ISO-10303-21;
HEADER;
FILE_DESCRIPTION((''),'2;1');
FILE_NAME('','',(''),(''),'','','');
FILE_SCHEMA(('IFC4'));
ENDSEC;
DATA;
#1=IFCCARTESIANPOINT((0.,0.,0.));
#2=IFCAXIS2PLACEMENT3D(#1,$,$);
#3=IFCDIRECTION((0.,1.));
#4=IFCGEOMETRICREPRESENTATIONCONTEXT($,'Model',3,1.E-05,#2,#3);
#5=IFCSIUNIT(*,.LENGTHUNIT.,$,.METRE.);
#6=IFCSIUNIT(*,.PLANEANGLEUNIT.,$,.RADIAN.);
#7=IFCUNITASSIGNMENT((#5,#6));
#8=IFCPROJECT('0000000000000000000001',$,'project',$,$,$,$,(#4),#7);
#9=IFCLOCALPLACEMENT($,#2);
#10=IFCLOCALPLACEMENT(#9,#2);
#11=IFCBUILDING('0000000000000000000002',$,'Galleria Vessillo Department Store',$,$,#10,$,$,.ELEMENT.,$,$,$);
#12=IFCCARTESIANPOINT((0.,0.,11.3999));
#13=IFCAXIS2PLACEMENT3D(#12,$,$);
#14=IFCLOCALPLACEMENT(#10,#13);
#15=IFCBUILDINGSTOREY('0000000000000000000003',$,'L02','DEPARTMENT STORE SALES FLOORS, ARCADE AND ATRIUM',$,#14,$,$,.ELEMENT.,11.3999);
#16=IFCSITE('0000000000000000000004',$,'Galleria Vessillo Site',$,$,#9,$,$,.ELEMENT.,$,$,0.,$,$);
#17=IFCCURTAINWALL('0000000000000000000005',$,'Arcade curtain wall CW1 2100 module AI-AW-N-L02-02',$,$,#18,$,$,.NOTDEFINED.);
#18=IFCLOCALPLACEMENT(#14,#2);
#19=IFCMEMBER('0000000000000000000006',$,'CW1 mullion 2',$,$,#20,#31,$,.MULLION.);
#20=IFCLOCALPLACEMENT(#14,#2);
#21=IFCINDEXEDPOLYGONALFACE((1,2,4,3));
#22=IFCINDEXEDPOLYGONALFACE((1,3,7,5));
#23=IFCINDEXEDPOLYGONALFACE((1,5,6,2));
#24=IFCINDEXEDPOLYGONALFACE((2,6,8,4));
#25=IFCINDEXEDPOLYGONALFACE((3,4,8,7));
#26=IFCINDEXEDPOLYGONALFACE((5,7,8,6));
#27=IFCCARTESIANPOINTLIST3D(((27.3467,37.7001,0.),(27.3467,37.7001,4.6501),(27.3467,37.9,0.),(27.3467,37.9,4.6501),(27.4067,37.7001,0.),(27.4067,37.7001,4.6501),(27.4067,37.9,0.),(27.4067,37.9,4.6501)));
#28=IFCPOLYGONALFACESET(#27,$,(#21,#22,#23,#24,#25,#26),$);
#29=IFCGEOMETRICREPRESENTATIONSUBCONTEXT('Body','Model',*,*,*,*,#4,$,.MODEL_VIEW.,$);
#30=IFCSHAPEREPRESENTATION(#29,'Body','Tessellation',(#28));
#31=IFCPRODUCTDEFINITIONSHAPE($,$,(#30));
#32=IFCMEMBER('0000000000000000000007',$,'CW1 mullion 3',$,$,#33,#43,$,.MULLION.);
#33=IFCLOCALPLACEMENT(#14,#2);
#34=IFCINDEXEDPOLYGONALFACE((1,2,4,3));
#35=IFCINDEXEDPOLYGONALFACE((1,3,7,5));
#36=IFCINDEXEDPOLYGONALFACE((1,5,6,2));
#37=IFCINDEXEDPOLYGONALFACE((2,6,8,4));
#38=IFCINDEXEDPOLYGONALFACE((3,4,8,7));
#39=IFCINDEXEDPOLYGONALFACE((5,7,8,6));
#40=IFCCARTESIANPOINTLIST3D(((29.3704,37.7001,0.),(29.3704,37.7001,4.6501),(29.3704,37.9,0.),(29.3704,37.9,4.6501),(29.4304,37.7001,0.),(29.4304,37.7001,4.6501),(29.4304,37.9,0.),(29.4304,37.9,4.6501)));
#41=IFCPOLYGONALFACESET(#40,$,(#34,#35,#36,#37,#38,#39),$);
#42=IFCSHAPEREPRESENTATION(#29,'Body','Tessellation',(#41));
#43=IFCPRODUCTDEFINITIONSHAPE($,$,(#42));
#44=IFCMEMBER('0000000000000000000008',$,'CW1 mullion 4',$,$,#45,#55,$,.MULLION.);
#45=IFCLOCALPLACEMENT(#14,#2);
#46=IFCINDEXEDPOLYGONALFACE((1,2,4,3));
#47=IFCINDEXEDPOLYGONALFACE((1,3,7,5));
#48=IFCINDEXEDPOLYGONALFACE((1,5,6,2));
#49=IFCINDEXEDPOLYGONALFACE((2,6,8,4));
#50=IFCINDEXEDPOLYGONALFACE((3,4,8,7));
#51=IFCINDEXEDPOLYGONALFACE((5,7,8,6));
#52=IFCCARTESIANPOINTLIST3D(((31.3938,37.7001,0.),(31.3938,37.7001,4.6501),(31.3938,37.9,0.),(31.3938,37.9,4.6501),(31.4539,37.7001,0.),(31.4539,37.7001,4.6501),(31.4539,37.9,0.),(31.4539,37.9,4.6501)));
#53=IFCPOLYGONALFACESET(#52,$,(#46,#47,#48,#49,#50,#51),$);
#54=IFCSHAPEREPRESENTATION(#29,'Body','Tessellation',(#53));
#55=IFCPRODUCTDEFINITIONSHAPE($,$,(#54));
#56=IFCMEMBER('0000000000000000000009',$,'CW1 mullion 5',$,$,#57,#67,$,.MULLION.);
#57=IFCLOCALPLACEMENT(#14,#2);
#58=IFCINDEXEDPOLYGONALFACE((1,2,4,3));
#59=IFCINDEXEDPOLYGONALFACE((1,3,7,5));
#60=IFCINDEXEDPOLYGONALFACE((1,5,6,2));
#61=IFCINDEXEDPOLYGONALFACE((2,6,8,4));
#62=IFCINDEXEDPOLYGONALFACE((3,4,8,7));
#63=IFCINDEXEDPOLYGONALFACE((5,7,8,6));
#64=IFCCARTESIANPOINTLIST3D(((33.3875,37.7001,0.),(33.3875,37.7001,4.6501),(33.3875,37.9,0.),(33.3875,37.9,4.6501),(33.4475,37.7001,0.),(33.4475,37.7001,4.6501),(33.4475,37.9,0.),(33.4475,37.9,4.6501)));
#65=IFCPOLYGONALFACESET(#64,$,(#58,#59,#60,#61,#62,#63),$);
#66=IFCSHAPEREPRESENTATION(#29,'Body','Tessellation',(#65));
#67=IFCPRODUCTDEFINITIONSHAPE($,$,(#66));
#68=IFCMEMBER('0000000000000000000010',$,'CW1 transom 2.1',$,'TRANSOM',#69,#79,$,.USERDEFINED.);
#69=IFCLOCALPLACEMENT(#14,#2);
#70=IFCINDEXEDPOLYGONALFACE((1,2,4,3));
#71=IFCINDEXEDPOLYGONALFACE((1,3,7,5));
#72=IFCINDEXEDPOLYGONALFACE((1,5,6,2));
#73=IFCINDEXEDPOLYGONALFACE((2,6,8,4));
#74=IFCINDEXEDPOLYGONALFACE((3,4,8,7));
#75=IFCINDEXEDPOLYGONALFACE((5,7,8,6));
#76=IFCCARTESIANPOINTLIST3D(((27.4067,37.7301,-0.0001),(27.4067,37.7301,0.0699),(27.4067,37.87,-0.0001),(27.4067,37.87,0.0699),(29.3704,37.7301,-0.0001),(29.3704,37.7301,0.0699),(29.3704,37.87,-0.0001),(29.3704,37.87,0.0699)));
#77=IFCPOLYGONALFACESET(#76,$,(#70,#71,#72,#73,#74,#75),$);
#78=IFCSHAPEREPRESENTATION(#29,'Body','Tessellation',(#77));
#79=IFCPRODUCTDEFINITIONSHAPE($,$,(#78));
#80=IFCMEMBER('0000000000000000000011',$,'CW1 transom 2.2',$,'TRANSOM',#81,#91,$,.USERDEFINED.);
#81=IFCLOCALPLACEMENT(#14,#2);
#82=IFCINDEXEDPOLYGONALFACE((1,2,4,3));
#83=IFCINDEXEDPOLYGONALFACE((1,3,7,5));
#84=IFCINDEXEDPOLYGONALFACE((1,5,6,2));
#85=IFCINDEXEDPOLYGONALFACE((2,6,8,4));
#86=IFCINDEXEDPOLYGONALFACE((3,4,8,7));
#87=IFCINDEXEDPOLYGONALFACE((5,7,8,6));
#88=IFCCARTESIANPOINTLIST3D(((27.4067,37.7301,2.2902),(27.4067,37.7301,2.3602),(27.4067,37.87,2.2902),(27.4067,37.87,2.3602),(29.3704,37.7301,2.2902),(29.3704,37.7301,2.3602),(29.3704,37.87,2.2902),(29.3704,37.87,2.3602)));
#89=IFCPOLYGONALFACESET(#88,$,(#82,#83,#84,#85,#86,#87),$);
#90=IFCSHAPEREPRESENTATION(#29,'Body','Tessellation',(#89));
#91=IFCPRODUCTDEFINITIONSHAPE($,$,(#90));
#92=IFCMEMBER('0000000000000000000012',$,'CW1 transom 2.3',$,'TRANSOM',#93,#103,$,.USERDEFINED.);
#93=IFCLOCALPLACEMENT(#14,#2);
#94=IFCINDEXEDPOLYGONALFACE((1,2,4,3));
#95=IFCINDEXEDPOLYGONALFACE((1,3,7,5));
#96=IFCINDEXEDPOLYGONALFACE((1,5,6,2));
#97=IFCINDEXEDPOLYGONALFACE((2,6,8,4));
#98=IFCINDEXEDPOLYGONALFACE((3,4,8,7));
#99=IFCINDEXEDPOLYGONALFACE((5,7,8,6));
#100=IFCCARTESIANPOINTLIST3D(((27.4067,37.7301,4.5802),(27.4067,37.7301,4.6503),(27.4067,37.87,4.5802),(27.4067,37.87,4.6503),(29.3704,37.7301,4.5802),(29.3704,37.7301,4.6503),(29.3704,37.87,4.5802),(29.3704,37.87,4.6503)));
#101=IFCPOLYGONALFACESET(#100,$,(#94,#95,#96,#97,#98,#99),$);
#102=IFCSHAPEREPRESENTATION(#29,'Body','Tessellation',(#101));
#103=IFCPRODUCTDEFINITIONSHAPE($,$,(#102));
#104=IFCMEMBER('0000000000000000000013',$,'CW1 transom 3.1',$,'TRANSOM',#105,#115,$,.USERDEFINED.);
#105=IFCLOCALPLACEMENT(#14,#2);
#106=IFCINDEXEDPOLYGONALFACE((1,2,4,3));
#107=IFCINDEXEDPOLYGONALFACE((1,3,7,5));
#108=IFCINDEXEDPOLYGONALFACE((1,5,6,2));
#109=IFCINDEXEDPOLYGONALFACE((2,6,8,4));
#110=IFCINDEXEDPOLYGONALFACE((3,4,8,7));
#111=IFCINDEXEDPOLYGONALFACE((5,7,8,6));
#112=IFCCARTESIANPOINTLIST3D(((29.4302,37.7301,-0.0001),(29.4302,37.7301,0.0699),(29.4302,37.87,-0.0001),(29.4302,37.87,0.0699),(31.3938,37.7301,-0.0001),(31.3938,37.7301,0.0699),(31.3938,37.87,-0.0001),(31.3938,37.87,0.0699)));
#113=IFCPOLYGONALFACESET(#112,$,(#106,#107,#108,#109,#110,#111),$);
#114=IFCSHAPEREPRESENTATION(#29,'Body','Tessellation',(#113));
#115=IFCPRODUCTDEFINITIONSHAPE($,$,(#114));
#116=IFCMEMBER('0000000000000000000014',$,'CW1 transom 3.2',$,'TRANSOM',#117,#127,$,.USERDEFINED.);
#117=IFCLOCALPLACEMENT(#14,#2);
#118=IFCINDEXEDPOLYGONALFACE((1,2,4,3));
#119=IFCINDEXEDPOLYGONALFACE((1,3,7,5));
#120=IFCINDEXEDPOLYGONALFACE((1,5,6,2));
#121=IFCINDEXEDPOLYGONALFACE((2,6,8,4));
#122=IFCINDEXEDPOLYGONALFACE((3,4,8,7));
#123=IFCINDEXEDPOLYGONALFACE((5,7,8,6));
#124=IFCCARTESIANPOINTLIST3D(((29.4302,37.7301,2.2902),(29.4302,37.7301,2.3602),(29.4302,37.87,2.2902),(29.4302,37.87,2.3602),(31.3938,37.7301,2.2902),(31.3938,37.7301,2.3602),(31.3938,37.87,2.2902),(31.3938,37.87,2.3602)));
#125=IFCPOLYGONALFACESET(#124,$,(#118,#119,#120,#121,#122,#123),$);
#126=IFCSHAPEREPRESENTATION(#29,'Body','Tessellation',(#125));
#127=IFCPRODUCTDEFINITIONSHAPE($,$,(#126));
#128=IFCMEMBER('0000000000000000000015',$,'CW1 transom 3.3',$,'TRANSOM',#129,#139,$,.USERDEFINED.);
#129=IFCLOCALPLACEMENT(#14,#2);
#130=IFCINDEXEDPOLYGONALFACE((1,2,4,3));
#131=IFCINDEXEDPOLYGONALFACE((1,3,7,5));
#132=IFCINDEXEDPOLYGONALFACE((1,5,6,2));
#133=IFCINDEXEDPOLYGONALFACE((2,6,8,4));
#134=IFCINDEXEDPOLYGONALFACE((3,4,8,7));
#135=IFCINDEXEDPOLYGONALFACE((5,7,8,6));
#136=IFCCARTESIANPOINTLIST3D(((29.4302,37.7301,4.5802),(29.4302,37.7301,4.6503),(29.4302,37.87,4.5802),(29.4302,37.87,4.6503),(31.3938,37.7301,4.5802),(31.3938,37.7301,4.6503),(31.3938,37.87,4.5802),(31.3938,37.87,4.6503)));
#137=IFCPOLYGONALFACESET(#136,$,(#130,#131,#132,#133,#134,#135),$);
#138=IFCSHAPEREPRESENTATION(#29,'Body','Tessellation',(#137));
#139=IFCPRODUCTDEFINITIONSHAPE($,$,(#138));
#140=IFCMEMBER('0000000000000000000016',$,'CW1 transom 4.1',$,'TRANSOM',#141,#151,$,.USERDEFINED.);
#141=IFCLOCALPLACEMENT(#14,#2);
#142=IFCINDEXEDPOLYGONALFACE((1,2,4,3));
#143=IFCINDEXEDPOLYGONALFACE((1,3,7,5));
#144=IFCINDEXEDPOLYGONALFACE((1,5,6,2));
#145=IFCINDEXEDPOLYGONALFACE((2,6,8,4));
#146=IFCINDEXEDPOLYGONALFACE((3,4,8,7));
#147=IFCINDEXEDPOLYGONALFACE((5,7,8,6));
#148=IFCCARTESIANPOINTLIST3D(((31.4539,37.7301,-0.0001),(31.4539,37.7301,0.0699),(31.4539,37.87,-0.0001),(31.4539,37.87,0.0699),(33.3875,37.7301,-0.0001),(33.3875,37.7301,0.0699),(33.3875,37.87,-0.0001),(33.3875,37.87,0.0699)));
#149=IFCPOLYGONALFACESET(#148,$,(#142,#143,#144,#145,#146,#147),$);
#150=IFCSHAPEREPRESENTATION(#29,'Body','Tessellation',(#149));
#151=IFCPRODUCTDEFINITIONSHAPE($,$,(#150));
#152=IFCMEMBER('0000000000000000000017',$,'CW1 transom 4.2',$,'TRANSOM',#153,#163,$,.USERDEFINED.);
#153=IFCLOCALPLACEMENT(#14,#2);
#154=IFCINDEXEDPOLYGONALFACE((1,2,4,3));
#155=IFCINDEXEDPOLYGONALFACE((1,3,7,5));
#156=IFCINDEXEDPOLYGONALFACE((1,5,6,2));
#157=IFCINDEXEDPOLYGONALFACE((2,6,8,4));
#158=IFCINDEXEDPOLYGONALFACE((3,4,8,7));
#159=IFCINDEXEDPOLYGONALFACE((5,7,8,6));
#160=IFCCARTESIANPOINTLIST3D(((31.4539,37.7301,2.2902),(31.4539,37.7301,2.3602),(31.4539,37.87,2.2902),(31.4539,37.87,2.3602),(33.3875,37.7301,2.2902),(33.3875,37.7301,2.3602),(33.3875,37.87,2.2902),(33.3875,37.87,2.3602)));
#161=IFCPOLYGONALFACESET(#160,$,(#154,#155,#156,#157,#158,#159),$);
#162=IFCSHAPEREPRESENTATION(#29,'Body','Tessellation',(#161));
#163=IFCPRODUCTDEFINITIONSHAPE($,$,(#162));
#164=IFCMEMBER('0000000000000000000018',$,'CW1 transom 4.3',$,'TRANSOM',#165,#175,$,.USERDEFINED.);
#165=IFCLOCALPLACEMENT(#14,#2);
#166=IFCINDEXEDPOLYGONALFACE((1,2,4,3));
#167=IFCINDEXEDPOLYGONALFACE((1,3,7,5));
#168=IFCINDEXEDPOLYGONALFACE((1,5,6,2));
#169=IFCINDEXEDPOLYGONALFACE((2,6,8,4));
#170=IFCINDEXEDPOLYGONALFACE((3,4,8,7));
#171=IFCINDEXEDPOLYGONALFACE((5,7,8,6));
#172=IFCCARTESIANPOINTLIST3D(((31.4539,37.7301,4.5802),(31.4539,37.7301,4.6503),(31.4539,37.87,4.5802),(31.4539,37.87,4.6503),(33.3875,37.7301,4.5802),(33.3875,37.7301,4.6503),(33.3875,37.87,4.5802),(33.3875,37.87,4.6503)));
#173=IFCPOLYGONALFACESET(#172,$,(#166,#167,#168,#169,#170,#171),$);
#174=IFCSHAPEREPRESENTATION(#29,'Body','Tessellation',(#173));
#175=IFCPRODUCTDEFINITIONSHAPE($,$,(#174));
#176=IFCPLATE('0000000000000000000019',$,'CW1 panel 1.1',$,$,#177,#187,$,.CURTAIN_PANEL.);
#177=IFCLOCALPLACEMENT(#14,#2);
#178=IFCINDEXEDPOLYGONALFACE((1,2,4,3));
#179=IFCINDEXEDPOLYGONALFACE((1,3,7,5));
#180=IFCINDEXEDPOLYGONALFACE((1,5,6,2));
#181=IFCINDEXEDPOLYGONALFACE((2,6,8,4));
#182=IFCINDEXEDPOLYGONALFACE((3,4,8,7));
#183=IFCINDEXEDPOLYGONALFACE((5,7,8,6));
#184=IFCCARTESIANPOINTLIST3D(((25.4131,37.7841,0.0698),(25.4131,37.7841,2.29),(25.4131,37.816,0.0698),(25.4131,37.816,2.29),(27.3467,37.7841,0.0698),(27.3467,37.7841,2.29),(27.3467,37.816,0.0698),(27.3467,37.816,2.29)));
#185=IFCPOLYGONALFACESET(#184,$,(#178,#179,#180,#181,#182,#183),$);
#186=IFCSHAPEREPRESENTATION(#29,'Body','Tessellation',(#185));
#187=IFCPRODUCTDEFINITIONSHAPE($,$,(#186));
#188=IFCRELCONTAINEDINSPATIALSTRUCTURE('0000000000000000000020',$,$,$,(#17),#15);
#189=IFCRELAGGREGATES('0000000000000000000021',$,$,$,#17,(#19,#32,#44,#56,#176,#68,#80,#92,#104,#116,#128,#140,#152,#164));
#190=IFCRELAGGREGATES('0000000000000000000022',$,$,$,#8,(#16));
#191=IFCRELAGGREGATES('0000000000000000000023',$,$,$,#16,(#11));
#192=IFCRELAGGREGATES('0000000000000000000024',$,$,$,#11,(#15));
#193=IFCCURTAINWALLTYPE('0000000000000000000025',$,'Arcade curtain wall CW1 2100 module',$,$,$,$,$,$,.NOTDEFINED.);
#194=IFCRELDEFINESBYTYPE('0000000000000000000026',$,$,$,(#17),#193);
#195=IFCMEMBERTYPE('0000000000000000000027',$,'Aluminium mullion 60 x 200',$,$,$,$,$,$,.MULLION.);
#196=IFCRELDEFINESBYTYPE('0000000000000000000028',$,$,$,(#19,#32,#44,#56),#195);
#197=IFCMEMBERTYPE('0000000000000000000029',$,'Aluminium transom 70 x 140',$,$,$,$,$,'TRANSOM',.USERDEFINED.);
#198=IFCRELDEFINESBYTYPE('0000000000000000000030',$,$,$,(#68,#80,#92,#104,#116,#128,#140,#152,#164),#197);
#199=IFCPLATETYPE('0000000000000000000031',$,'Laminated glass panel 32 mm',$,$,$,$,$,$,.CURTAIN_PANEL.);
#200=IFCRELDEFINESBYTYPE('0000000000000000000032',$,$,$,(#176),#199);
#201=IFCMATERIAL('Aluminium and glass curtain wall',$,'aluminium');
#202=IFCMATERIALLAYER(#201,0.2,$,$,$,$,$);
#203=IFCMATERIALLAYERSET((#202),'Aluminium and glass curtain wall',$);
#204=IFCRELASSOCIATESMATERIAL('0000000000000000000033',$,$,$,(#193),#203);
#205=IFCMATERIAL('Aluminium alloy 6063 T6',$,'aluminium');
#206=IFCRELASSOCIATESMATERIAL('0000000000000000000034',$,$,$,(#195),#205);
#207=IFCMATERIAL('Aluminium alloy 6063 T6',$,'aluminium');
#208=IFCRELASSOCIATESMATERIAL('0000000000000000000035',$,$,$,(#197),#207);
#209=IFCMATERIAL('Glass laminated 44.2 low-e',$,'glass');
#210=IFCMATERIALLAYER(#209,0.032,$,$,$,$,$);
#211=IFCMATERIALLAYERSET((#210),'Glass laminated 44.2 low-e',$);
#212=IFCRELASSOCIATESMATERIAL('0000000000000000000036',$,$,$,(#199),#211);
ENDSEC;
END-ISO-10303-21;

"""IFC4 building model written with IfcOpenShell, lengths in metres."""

from ifc_helpers import new_model, si_unit, direction, frame, origin, origin_2d, place, context, subcontext, project, spatial, rectangle, extrude, material, layer, layer_set, material_profile, profile_set, type_object, element, aggregate, save


model = new_model("IFC4")

# Units and contexts
model_context = context("Model", 3, precision=1e-05, world=origin(), true_north=direction((0.0, 1.0)))
body_context = subcontext(model_context, "Body", "Model", "MODEL_VIEW")
ifc_project = project(units=[si_unit("LENGTHUNIT", "METRE"), si_unit("PLANEANGLEUNIT", "RADIAN")], contexts=[model_context])

# Site, building, storey
site_placement = place(None, origin())
site = spatial("IfcSite", under=ifc_project, at=site_placement, Name="Galleria Vessillo Site", CompositionType="ELEMENT", RefElevation=0.0)
building_placement = place(site_placement, origin())
building = spatial("IfcBuilding", under=site, at=building_placement, Name="Galleria Vessillo Department Store", CompositionType="ELEMENT")
storey_placement = place(building_placement, frame((0.0, 0.0, 11.3999)))
storey = spatial("IfcBuildingStorey", under=building, at=storey_placement, Name="L02", Description="DEPARTMENT STORE SALES FLOORS, ARCADE AND ATRIUM", CompositionType="ELEMENT", Elevation=11.3999)

# Curtain wall, members, plate
ifc_material_1 = material(Name="Aluminium and glass curtain wall", Category="aluminium")
ifc_layer_1 = layer(ifc_material_1, 0.2)
ifc_layer_set_1 = layer_set([ifc_layer_1], Name="Aluminium and glass curtain wall")
curtain_wall_type = type_object("IfcCurtainWallType", Name="Arcade curtain wall CW1 2100 module", PredefinedType="NOTDEFINED", material=ifc_layer_set_1)
curtain_wall_placement = place(storey_placement, origin())
curtain_wall = element("IfcCurtainWall", 1, at=curtain_wall_placement, inside=storey, type_object=curtain_wall_type, Name="Arcade curtain wall CW1 2100 module AI-AW-N-L02-02", PredefinedType="NOTDEFINED")
ifc_material_2 = material(Name="Aluminium alloy 6063 T6", Category="aluminium")
ifc_material_profile_1 = material_profile(ifc_material_2, rectangle(XDim=0.2, YDim=0.0601, at=origin_2d()), Name="AL 60x200")
ifc_profile_set_1 = profile_set([ifc_material_profile_1], Name="Aluminium alloy 6063 T6")
member_type_1 = type_object("IfcMemberType", Name="Aluminium mullion 60 x 200", PredefinedType="MULLION", material=ifc_profile_set_1)
member_1_placement = place(storey_placement, frame((27.3767, 37.8, 0.0), z_axis=(0.0, 0.0, 1.0), x_axis=(0.0, 1.0, 0.0)))
member_1 = element("IfcMember", 2, at=member_1_placement, type_object=member_type_1, Name="CW1 mullion 2", PredefinedType="MULLION", context=body_context, shape_type="SweptSolid", body=[
    extrude(rectangle(XDim=0.2, YDim=0.0601, at=origin_2d()), origin(), (0.0, 0.0, 1.0), 4.6501),
])
member_2_placement = place(storey_placement, frame((29.4004, 37.8, 0.0), z_axis=(0.0, 0.0, 1.0), x_axis=(0.0, 1.0, 0.0)))
member_2 = element("IfcMember", 3, at=member_2_placement, type_object=member_type_1, Name="CW1 mullion 3", PredefinedType="MULLION", context=body_context, shape_type="SweptSolid", body=[
    extrude(rectangle(XDim=0.2, YDim=0.0601, at=origin_2d()), origin(), (0.0, 0.0, 1.0), 4.6501),
])
member_3_placement = place(storey_placement, frame((31.4238, 37.8, 0.0), z_axis=(0.0, 0.0, 1.0), x_axis=(0.0, 1.0, 0.0)))
member_3 = element("IfcMember", 4, at=member_3_placement, type_object=member_type_1, Name="CW1 mullion 4", PredefinedType="MULLION", context=body_context, shape_type="SweptSolid", body=[
    extrude(rectangle(XDim=0.2, YDim=0.0601, at=origin_2d()), origin(), (0.0, 0.0, 1.0), 4.6501),
])
member_4_placement = place(storey_placement, frame((33.4175, 37.8, 0.0), z_axis=(0.0, 0.0, 1.0), x_axis=(0.0, 1.0, 0.0)))
member_4 = element("IfcMember", 5, at=member_4_placement, type_object=member_type_1, Name="CW1 mullion 5", PredefinedType="MULLION", context=body_context, shape_type="SweptSolid", body=[
    extrude(rectangle(XDim=0.2, YDim=0.0601, at=origin_2d()), origin(), (0.0, 0.0, 1.0), 4.6501),
])
ifc_material_3 = material(Name="Aluminium alloy 6063 T6", Category="aluminium")
ifc_material_profile_2 = material_profile(ifc_material_3, rectangle(XDim=0.1399, YDim=0.0701, at=origin_2d()), Name="AL 70x140")
ifc_profile_set_2 = profile_set([ifc_material_profile_2], Name="Aluminium alloy 6063 T6")
member_type_2 = type_object("IfcMemberType", Name="Aluminium transom 70 x 140", ElementType="TRANSOM", PredefinedType="USERDEFINED", material=ifc_profile_set_2)
member_5_placement = place(storey_placement, frame((27.4067, 37.8, 0.0349), z_axis=(1.0, 0.0, 0.0), x_axis=(0.0, 1.0, 0.0)))
member_5 = element("IfcMember", 6, at=member_5_placement, type_object=member_type_2, Name="CW1 transom 2.1", ObjectType="TRANSOM", PredefinedType="USERDEFINED", context=body_context, shape_type="SweptSolid", body=[
    extrude(rectangle(XDim=0.1399, YDim=0.0701, at=origin_2d()), origin(), (0.0, 0.0, 1.0), 1.9636),
])
member_6_placement = place(storey_placement, frame((27.4067, 37.8, 2.3252), z_axis=(1.0, 0.0, 0.0), x_axis=(0.0, 1.0, 0.0)))
member_6 = element("IfcMember", 7, at=member_6_placement, type_object=member_type_2, Name="CW1 transom 2.2", ObjectType="TRANSOM", PredefinedType="USERDEFINED", context=body_context, shape_type="SweptSolid", body=[
    extrude(rectangle(XDim=0.1399, YDim=0.0701, at=origin_2d()), origin(), (0.0, 0.0, 1.0), 1.9636),
])
member_7_placement = place(storey_placement, frame((27.4067, 37.8, 4.6152), z_axis=(1.0, 0.0, 0.0), x_axis=(0.0, 1.0, 0.0)))
member_7 = element("IfcMember", 8, at=member_7_placement, type_object=member_type_2, Name="CW1 transom 2.3", ObjectType="TRANSOM", PredefinedType="USERDEFINED", context=body_context, shape_type="SweptSolid", body=[
    extrude(rectangle(XDim=0.1399, YDim=0.0701, at=origin_2d()), origin(), (0.0, 0.0, 1.0), 1.9636),
])
member_8_placement = place(storey_placement, frame((29.4302, 37.8, 0.0349), z_axis=(1.0, 0.0, 0.0), x_axis=(0.0, 1.0, 0.0)))
member_8 = element("IfcMember", 9, at=member_8_placement, type_object=member_type_2, Name="CW1 transom 3.1", ObjectType="TRANSOM", PredefinedType="USERDEFINED", context=body_context, shape_type="SweptSolid", body=[
    extrude(rectangle(XDim=0.1399, YDim=0.0701, at=origin_2d()), origin(), (0.0, 0.0, 1.0), 1.9636),
])
member_9_placement = place(storey_placement, frame((29.4302, 37.8, 2.3252), z_axis=(1.0, 0.0, 0.0), x_axis=(0.0, 1.0, 0.0)))
member_9 = element("IfcMember", 10, at=member_9_placement, type_object=member_type_2, Name="CW1 transom 3.2", ObjectType="TRANSOM", PredefinedType="USERDEFINED", context=body_context, shape_type="SweptSolid", body=[
    extrude(rectangle(XDim=0.1399, YDim=0.0701, at=origin_2d()), origin(), (0.0, 0.0, 1.0), 1.9636),
])
member_10_placement = place(storey_placement, frame((29.4302, 37.8, 4.6152), z_axis=(1.0, 0.0, 0.0), x_axis=(0.0, 1.0, 0.0)))
member_10 = element("IfcMember", 11, at=member_10_placement, type_object=member_type_2, Name="CW1 transom 3.3", ObjectType="TRANSOM", PredefinedType="USERDEFINED", context=body_context, shape_type="SweptSolid", body=[
    extrude(rectangle(XDim=0.1399, YDim=0.0701, at=origin_2d()), origin(), (0.0, 0.0, 1.0), 1.9636),
])
member_11_placement = place(storey_placement, frame((31.4539, 37.8, 0.0349), z_axis=(1.0, 0.0, 0.0), x_axis=(0.0, 1.0, 0.0)))
member_11 = element("IfcMember", 12, at=member_11_placement, type_object=member_type_2, Name="CW1 transom 4.1", ObjectType="TRANSOM", PredefinedType="USERDEFINED", context=body_context, shape_type="SweptSolid", body=[
    extrude(rectangle(XDim=0.1399, YDim=0.0701, at=origin_2d()), origin(), (0.0, 0.0, 1.0), 1.9336),
])
member_12_placement = place(storey_placement, frame((31.4539, 37.8, 2.3252), z_axis=(1.0, 0.0, 0.0), x_axis=(0.0, 1.0, 0.0)))
member_12 = element("IfcMember", 13, at=member_12_placement, type_object=member_type_2, Name="CW1 transom 4.2", ObjectType="TRANSOM", PredefinedType="USERDEFINED", context=body_context, shape_type="SweptSolid", body=[
    extrude(rectangle(XDim=0.1399, YDim=0.0701, at=origin_2d()), origin(), (0.0, 0.0, 1.0), 1.9336),
])
member_13_placement = place(storey_placement, frame((31.4539, 37.8, 4.6152), z_axis=(1.0, 0.0, 0.0), x_axis=(0.0, 1.0, 0.0)))
member_13 = element("IfcMember", 14, at=member_13_placement, type_object=member_type_2, Name="CW1 transom 4.3", ObjectType="TRANSOM", PredefinedType="USERDEFINED", context=body_context, shape_type="SweptSolid", body=[
    extrude(rectangle(XDim=0.1399, YDim=0.0701, at=origin_2d()), origin(), (0.0, 0.0, 1.0), 1.9336),
])
ifc_material_4 = material(Name="Glass laminated 44.2 low-e", Category="glass")
ifc_layer_2 = layer(ifc_material_4, 0.032)
ifc_layer_set_2 = layer_set([ifc_layer_2], Name="Glass laminated 44.2 low-e")
plate_type = type_object("IfcPlateType", Name="Laminated glass panel 32 mm", PredefinedType="CURTAIN_PANEL", material=ifc_layer_set_2)
plate_1_placement = place(storey_placement, frame((26.3799, 37.8, 0.0698), z_axis=(0.0, 0.0, 1.0), x_axis=(1.0, 0.0, 0.0)))
plate_1 = element("IfcPlate", 15, at=plate_1_placement, type_object=plate_type, Name="CW1 panel 1.1", PredefinedType="CURTAIN_PANEL", context=body_context, shape_type="SweptSolid", body=[
    extrude(rectangle(XDim=1.9336, YDim=0.032, at=origin_2d()), origin(), (0.0, 0.0, 1.0), 2.2202),
])
aggregate(curtain_wall, [member_1, member_2, member_3, member_4, plate_1, member_5, member_6, member_7, member_8, member_9, member_10, member_11, member_12, member_13])

save(model, "model.ifc")
